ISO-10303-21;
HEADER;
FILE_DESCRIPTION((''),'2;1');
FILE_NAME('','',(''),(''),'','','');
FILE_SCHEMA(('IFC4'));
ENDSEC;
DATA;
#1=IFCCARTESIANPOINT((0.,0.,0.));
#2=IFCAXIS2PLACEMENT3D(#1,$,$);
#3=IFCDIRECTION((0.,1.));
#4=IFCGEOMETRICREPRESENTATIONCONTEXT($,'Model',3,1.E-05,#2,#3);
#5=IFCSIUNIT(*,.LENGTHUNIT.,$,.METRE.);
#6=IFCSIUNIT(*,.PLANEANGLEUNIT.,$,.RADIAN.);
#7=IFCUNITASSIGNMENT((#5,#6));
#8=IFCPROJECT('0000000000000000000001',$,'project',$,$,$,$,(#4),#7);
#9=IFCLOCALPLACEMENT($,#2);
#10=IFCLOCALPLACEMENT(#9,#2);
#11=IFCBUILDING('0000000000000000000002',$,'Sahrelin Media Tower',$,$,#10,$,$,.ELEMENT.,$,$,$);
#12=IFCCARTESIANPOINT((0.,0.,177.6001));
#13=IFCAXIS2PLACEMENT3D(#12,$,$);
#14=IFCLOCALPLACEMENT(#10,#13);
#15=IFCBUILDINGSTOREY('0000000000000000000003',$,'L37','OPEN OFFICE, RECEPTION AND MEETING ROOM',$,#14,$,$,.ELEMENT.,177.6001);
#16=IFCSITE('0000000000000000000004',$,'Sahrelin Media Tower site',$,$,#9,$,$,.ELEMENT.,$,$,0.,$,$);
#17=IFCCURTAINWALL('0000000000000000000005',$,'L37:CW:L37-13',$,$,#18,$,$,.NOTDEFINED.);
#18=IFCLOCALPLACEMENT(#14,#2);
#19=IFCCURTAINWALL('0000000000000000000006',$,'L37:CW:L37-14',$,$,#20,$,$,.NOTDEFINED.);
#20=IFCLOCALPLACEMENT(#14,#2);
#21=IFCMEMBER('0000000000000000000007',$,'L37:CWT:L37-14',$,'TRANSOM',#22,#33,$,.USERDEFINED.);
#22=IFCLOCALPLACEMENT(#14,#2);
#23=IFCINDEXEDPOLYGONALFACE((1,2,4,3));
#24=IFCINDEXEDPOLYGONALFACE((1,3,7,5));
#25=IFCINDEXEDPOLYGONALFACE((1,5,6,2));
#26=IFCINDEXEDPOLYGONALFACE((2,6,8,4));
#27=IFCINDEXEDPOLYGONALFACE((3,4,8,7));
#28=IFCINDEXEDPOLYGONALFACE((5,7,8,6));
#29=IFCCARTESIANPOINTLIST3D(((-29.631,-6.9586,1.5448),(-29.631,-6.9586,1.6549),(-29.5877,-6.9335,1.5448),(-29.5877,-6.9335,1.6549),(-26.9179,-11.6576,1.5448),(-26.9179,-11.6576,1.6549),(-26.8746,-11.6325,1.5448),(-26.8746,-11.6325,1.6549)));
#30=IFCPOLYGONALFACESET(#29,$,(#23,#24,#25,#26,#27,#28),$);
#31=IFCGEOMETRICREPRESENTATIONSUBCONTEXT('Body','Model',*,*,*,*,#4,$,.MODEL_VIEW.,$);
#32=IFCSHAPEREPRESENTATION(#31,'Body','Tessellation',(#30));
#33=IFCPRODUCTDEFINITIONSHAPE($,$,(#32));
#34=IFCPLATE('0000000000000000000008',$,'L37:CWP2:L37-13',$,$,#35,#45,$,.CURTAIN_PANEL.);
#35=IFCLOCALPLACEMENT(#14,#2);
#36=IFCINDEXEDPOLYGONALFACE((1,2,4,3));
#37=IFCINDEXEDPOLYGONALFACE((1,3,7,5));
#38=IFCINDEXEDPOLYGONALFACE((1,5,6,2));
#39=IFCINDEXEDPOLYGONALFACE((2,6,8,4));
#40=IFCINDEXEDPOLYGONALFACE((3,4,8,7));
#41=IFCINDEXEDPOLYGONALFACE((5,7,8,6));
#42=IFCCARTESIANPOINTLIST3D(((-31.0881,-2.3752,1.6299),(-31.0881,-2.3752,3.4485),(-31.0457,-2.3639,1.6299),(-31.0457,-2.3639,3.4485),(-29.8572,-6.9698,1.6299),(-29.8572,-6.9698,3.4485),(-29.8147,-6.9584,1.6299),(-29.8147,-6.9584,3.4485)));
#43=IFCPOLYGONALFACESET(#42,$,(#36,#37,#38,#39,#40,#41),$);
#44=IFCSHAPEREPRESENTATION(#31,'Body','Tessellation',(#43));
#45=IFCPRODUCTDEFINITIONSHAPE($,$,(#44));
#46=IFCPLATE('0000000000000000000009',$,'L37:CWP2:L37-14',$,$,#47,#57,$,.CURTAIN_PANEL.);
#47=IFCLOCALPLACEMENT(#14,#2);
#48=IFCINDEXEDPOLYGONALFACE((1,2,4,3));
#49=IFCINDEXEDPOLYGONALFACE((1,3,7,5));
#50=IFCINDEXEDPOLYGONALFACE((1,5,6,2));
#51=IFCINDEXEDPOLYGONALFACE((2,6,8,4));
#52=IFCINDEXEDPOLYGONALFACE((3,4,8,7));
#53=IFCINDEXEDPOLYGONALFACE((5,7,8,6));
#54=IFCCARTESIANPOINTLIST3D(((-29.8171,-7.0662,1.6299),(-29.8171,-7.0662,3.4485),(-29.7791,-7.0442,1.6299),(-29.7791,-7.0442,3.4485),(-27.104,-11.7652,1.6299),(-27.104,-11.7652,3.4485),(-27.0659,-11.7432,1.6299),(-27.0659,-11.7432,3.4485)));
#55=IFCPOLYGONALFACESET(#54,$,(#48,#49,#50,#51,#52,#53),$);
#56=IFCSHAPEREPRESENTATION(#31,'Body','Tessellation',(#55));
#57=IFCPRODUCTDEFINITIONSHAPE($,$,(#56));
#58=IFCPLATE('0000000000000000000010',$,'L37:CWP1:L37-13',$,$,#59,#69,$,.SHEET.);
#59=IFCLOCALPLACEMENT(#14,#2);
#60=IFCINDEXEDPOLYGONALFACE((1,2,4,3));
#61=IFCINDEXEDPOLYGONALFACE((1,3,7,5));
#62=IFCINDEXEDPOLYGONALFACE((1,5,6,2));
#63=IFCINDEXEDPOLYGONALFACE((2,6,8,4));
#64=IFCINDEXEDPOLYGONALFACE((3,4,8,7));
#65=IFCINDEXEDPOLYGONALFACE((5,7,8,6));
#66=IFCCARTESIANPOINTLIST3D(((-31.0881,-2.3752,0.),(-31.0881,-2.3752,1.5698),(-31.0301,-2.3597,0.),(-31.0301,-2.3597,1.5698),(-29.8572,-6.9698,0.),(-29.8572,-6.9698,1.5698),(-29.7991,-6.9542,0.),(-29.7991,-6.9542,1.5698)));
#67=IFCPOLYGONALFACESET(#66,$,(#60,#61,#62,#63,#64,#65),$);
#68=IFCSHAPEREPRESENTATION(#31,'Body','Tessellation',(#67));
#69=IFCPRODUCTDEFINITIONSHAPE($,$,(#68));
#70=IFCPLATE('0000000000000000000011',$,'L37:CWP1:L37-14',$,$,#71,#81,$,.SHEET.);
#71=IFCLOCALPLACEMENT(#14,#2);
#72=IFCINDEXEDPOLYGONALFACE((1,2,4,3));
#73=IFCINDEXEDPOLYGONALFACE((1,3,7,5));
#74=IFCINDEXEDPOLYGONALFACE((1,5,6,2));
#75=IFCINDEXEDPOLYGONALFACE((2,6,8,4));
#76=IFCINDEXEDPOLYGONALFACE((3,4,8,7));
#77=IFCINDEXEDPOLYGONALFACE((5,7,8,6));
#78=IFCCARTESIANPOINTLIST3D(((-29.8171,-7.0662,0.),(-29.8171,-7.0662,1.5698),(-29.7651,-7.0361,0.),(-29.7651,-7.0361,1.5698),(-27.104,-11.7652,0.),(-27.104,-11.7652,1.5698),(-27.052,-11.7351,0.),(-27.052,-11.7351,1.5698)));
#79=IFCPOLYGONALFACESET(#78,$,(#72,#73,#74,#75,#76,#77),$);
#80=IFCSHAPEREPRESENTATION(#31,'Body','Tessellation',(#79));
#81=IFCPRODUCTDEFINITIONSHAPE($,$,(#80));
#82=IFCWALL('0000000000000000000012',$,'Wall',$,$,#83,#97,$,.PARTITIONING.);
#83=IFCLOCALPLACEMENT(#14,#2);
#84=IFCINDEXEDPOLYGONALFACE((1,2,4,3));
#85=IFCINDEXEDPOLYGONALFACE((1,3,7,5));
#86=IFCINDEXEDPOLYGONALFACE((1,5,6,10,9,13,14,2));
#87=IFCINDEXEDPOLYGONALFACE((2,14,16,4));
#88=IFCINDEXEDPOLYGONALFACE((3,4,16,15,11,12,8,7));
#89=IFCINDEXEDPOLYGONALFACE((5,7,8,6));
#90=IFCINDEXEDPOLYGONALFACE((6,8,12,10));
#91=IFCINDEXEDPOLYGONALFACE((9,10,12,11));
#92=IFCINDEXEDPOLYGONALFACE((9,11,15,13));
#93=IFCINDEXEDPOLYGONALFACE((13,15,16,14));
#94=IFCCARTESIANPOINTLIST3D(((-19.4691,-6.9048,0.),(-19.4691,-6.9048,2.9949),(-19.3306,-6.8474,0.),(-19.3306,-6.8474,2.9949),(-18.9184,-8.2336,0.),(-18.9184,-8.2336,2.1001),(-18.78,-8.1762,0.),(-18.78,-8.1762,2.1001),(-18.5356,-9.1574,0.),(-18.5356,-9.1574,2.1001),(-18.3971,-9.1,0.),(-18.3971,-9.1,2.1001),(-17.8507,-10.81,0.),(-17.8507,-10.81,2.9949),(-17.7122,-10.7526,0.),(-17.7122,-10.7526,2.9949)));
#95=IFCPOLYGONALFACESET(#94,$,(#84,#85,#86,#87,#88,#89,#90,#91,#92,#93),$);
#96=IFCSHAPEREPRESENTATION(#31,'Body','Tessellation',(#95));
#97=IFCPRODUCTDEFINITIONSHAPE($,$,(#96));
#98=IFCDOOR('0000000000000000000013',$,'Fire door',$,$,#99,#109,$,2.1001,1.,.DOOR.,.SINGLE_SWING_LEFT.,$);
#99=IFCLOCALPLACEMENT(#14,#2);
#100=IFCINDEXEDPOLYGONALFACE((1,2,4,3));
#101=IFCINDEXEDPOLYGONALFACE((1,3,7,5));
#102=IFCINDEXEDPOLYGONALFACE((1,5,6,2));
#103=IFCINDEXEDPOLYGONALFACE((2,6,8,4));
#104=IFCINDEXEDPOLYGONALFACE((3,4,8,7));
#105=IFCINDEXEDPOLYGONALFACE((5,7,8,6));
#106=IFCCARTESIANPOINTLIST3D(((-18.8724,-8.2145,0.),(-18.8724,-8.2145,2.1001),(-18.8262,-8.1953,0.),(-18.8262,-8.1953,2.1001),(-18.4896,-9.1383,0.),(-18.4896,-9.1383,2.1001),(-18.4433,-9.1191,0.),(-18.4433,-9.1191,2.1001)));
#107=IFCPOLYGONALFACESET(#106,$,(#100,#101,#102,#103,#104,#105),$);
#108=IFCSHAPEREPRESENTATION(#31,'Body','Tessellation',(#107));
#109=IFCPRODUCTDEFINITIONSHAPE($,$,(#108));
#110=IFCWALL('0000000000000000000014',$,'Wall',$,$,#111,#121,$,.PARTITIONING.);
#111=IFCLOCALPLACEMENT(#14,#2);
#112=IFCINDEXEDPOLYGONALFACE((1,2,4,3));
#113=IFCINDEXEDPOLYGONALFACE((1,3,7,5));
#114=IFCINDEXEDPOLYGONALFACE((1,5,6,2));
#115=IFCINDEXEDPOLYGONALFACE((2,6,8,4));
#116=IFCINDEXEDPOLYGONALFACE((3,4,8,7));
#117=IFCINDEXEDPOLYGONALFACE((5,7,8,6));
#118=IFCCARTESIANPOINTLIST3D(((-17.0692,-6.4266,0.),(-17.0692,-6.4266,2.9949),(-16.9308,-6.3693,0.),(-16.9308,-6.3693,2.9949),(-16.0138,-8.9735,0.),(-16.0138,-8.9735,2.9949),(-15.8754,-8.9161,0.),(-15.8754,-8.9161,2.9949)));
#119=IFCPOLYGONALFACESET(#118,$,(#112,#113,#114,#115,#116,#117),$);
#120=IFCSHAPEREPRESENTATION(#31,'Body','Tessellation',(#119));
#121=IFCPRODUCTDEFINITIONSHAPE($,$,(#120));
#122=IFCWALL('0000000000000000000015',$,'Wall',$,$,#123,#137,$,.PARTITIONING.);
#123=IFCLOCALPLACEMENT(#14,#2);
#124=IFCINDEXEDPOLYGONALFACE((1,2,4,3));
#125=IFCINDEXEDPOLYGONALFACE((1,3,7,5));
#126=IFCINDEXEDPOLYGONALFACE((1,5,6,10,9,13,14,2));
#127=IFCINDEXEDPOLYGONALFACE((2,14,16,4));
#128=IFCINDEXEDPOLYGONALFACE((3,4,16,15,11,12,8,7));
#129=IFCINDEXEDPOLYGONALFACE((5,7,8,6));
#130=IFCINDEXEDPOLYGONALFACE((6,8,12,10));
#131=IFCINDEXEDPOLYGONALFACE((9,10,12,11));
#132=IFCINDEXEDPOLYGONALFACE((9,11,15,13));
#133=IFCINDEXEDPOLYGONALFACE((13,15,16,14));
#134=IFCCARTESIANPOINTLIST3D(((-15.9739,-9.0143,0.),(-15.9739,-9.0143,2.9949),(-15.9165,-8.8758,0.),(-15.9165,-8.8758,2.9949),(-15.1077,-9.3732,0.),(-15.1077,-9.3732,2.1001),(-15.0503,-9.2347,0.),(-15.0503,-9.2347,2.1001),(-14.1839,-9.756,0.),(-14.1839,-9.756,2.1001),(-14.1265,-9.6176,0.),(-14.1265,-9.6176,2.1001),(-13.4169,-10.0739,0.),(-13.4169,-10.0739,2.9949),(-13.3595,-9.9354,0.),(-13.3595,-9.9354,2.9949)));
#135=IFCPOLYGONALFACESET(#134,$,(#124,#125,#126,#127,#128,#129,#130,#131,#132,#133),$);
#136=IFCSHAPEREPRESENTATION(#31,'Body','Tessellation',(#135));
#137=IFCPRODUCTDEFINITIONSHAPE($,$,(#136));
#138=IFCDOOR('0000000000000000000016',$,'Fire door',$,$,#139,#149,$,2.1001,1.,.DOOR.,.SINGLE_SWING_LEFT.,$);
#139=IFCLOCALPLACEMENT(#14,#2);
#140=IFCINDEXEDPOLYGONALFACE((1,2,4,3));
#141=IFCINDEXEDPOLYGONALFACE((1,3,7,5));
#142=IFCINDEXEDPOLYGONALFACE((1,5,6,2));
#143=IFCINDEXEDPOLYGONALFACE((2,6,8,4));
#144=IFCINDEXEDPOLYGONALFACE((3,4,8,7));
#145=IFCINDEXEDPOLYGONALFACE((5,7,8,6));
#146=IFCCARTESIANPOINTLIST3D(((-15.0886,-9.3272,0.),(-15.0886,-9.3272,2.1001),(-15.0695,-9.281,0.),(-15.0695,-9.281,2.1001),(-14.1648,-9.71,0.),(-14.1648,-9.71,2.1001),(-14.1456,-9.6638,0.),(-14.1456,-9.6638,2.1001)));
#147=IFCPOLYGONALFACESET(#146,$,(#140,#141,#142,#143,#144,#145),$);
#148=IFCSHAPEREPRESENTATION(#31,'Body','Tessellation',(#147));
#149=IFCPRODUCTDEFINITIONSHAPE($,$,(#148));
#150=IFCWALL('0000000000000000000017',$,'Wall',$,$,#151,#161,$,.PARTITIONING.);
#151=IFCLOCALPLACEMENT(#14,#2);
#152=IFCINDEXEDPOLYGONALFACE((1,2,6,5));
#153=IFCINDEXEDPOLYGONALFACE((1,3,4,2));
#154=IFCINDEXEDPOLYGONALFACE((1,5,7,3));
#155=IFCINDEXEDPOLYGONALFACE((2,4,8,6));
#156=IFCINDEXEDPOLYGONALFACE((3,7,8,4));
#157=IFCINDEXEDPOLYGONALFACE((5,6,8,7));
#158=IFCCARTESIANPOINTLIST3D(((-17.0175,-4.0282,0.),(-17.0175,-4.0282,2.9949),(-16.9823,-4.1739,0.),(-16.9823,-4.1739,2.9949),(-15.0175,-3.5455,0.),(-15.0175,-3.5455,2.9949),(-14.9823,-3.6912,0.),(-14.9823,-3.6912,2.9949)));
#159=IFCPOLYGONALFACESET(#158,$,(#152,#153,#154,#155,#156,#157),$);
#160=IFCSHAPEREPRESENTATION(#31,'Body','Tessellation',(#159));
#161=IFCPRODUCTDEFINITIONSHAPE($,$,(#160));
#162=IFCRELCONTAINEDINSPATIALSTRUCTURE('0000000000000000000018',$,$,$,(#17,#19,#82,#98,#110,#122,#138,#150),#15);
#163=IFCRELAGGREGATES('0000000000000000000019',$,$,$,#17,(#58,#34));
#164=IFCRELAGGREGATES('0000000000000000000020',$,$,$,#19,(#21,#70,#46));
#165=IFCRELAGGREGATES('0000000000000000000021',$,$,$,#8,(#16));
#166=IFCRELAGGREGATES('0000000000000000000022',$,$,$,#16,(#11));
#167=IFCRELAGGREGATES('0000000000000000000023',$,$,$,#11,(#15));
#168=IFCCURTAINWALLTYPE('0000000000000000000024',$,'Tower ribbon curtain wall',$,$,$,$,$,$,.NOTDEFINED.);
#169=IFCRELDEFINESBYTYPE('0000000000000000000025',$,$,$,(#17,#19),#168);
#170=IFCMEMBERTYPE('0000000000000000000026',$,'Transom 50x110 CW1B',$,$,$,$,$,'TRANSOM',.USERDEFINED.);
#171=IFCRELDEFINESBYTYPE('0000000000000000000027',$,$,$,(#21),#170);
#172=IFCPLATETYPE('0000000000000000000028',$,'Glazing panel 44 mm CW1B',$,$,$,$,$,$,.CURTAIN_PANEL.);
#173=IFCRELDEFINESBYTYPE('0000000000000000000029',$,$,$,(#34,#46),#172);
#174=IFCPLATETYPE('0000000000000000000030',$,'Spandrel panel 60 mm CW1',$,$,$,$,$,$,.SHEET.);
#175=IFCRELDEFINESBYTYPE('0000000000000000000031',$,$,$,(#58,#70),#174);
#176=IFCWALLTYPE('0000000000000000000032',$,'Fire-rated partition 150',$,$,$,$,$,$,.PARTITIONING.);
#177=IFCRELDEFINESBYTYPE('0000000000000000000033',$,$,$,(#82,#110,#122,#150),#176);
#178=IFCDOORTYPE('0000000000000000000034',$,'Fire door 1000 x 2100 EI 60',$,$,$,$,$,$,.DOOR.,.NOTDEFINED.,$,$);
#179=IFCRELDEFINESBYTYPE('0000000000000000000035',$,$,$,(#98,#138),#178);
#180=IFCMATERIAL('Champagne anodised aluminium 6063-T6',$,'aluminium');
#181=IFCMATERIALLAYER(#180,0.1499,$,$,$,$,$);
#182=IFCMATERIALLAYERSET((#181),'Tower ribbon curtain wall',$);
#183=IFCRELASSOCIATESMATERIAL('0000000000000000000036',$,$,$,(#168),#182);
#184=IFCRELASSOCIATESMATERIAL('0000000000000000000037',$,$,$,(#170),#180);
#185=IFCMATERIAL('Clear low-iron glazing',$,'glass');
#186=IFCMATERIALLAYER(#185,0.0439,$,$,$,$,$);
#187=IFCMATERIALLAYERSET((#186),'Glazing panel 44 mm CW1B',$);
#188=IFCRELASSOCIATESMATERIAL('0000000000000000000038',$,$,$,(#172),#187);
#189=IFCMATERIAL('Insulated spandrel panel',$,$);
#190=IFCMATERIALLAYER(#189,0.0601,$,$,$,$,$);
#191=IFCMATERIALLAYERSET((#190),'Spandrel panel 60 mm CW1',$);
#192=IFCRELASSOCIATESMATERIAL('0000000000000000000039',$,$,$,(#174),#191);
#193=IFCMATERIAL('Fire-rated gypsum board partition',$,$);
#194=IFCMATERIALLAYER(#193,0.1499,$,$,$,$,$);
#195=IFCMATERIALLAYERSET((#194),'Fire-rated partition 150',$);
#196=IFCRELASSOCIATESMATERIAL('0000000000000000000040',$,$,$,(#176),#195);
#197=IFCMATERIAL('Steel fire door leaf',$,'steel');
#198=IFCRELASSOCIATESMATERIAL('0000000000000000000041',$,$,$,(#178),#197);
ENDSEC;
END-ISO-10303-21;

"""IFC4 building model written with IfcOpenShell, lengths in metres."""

from ifc_helpers import new_model, si_unit, direction, frame, frame_2d, origin, origin_2d, place, context, subcontext, project, spatial, polyline, rectangle, outline, extrude, material, layer, layer_set, material_profile, profile_set, type_object, element, fill, aggregate, save


model = new_model("IFC4")

# Units and contexts
model_context = context("Model", 3, precision=1e-05, world=origin(), true_north=direction((0.0, 1.0)))
body_context = subcontext(model_context, "Body", "Model", "MODEL_VIEW")
ifc_project = project(units=[si_unit("LENGTHUNIT", "METRE"), si_unit("PLANEANGLEUNIT", "RADIAN")], contexts=[model_context])

# Site, building, storey
site_placement = place(None, origin())
site = spatial("IfcSite", under=ifc_project, at=site_placement, Name="Sahrelin Media Tower site", CompositionType="ELEMENT", RefElevation=0.0)
building_placement = place(site_placement, origin())
building = spatial("IfcBuilding", under=site, at=building_placement, Name="Sahrelin Media Tower", CompositionType="ELEMENT")
storey_placement = place(building_placement, frame((0.0, 0.0, 177.6001)))
storey = spatial("IfcBuildingStorey", under=building, at=storey_placement, Name="L37", Description="OPEN OFFICE, RECEPTION AND MEETING ROOM", CompositionType="ELEMENT", Elevation=177.6001)

# Curtain walls
ifc_material_1 = material(Name="Champagne anodised aluminium 6063-T6", Category="aluminium")
ifc_layer_1 = layer(ifc_material_1, 0.1499)
ifc_layer_set_1 = layer_set([ifc_layer_1], Name="Tower ribbon curtain wall")
curtain_wall_type = type_object("IfcCurtainWallType", Name="Tower ribbon curtain wall", PredefinedType="NOTDEFINED", material=ifc_layer_set_1)
curtain_wall_1_placement = place(storey_placement, frame((-30.4534, -4.6672, 0.0), z_axis=(0.0, 0.0, 1.0), x_axis=(1.0, 0.0, 0.0)))
curtain_wall_1 = element("IfcCurtainWall", 1, at=curtain_wall_1_placement, inside=storey, type_object=curtain_wall_type, Name="L37:CW:L37-13", PredefinedType="NOTDEFINED")
curtain_wall_2_placement = place(storey_placement, frame((-28.4434, -9.4055, 0.0), z_axis=(0.0, 0.0, 1.0), x_axis=(1.0, 0.0, 0.0)))
curtain_wall_2 = element("IfcCurtainWall", 2, at=curtain_wall_2_placement, inside=storey, type_object=curtain_wall_type, Name="L37:CW:L37-14", PredefinedType="NOTDEFINED")

# Member
ifc_material_profile_1 = material_profile(ifc_material_1, rectangle(XDim=0.05, YDim=0.1101, at=origin_2d()), Name="Transom 50x110")
ifc_profile_set_1 = profile_set([ifc_material_profile_1], Name="Champagne anodised aluminium 6063-T6")
member_type_1 = type_object("IfcMemberType", Name="Transom 50x110 CW1B", ElementType="TRANSOM", PredefinedType="USERDEFINED", material=ifc_profile_set_1)
member_1_placement = place(storey_placement, frame((-29.6094, -6.946, 1.5999), z_axis=(0.500025, -0.866011, 0.0), x_axis=(0.866011, 0.500025, 0.0)))
member_1 = element("IfcMember", 3, at=member_1_placement, type_object=member_type_1, Name="L37:CWT:L37-14", ObjectType="TRANSOM", PredefinedType="USERDEFINED", context=body_context, shape_type="SweptSolid", body=[
    extrude(rectangle(XDim=0.05, YDim=0.1101, at=origin_2d()), origin(), (0.0, 0.0, 1.0), 5.426),
])

# Plates
ifc_material_2 = material(Name="Clear low-iron glazing", Category="glass")
ifc_layer_2 = layer(ifc_material_2, 0.0439)
ifc_layer_set_2 = layer_set([ifc_layer_2], Name="Glazing panel 44 mm CW1B")
plate_type_1 = type_object("IfcPlateType", Name="Glazing panel 44 mm CW1B", PredefinedType="CURTAIN_PANEL", material=ifc_layer_set_2)
plate_1_placement = place(storey_placement, frame((-31.0881, -2.3752, 1.6299), z_axis=(-0.965933, -0.258793, 0.0), x_axis=(0.258793, -0.965933, 0.0)))
plate_1 = element("IfcPlate", 4, at=plate_1_placement, type_object=plate_type_1, Name="L37:CWP2:L37-13", PredefinedType="CURTAIN_PANEL", context=body_context, shape_type="SweptSolid", body=[
    extrude(outline(polyline([(0.0, 0.0), (4.7566, 0.0), (4.7566, 1.8186), (0.0, 1.8186), (0.0, 0.0)])), origin(), (0.0, 0.0, -1.0), 0.0439),
])
plate_2_placement = place(storey_placement, frame((-29.8171, -7.0662, 1.6299), z_axis=(-0.866011, -0.500025, 0.0), x_axis=(0.500025, -0.866011, 0.0)))
plate_2 = element("IfcPlate", 5, at=plate_2_placement, type_object=plate_type_1, Name="L37:CWP2:L37-14", PredefinedType="CURTAIN_PANEL", context=body_context, shape_type="SweptSolid", body=[
    extrude(outline(polyline([(0.0, 0.0), (5.426, 0.0), (5.426, 1.8186), (0.0, 1.8186), (0.0, 0.0)])), origin(), (0.0, 0.0, -1.0), 0.0439),
])
ifc_material_3 = material(Name="Insulated spandrel panel")
ifc_layer_3 = layer(ifc_material_3, 0.0601)
ifc_layer_set_3 = layer_set([ifc_layer_3], Name="Spandrel panel 60 mm CW1")
plate_type_2 = type_object("IfcPlateType", Name="Spandrel panel 60 mm CW1", PredefinedType="SHEET", material=ifc_layer_set_3)
plate_3_placement = place(storey_placement, frame((-31.0881, -2.3752, 0.0), z_axis=(-0.965933, -0.258793, 0.0), x_axis=(0.258793, -0.965933, 0.0)))
plate_3 = element("IfcPlate", 6, at=plate_3_placement, type_object=plate_type_2, Name="L37:CWP1:L37-13", PredefinedType="SHEET", context=body_context, shape_type="SweptSolid", body=[
    extrude(outline(polyline([(0.0, 0.0), (4.7566, 0.0), (4.7566, 1.5698), (0.0, 1.5698), (0.0, 0.0)])), origin(), (0.0, 0.0, -1.0), 0.0601),
])
aggregate(curtain_wall_1, [plate_3, plate_1])
plate_4_placement = place(storey_placement, frame((-29.8171, -7.0662, 0.0), z_axis=(-0.866011, -0.500025, 0.0), x_axis=(0.500025, -0.866011, 0.0)))
plate_4 = element("IfcPlate", 7, at=plate_4_placement, type_object=plate_type_2, Name="L37:CWP1:L37-14", PredefinedType="SHEET", context=body_context, shape_type="SweptSolid", body=[
    extrude(outline(polyline([(0.0, 0.0), (5.426, 0.0), (5.426, 1.5698), (0.0, 1.5698), (0.0, 0.0)])), origin(), (0.0, 0.0, -1.0), 0.0601),
])
aggregate(curtain_wall_2, [member_1, plate_4, plate_2])

# Wall, opening, door
ifc_material_4 = material(Name="Fire-rated gypsum board partition")
ifc_layer_4 = layer(ifc_material_4, 0.1499)
ifc_layer_set_4 = layer_set([ifc_layer_4], Name="Fire-rated partition 150")
wall_type_1 = type_object("IfcWallType", Name="Fire-rated partition 150", PredefinedType="PARTITIONING", material=ifc_layer_set_4)
wall_1_placement = place(storey_placement, frame((-19.3999, -6.876, 0.0), z_axis=(0.0, 0.0, 1.0), x_axis=(0.382843, -0.923813, 0.0)))
wall_1 = element("IfcWall", 8, at=wall_1_placement, inside=storey, type_object=wall_type_1, Name="Wall", PredefinedType="PARTITIONING", context=body_context, shape_type="SweptSolid", body=[
    extrude(rectangle(XDim=4.2273, YDim=0.1499, at=frame_2d((2.1138, 0.0))), origin(), (0.0, 0.0, 1.0), 2.9949),
])
opening_1_placement = place(wall_1_placement, frame((1.4385, 0.0, 0.0)))
opening_1 = element("IfcOpeningElement", 9, at=opening_1_placement, cuts=wall_1, PredefinedType="OPENING", context=body_context, shape_type="SweptSolid", body=[
    extrude(rectangle(XDim=1.0, YDim=2.1001, at=frame_2d((0.5, 1.05))), frame((0.0, 0.075, 0.0), z_axis=(0.0, -1.0, 0.0), x_axis=(1.0, 0.0, 0.0)), (0.0, 0.0, 1.0), 0.1499),
])
ifc_material_5 = material(Name="Steel fire door leaf", Category="steel")
door_type_1 = type_object("IfcDoorType", Name="Fire door 1000 x 2100 EI 60", OperationType="NOTDEFINED", PredefinedType="DOOR", material=ifc_material_5)
door_1_placement = place(opening_1_placement, origin())
door_1 = element("IfcDoor", 10, at=door_1_placement, inside=storey, type_object=door_type_1, Name="Fire door", OperationType="SINGLE_SWING_LEFT", OverallHeight=2.1001, OverallWidth=1.0, PredefinedType="DOOR", context=body_context, shape_type="SweptSolid", body=[
    extrude(rectangle(XDim=1.0, YDim=2.1001, at=frame_2d((0.5, 1.05))), frame((0.0, 0.0249, 0.0), z_axis=(0.0, -1.0, 0.0), x_axis=(1.0, 0.0, 0.0)), (0.0, 0.0, 1.0), 0.05),
])
fill(opening_1, door_1)

# Wall
wall_2_placement = place(storey_placement, frame((-17.0, -6.3979, 0.0), z_axis=(0.0, 0.0, 1.0), x_axis=(0.382829, -0.923819, 0.0)))
element("IfcWall", 11, at=wall_2_placement, inside=storey, type_object=wall_type_1, Name="Wall", PredefinedType="PARTITIONING", context=body_context, shape_type="SweptSolid", body=[
    extrude(rectangle(XDim=2.7568, YDim=0.1499, at=frame_2d((1.3784, 0.0))), origin(), (0.0, 0.0, 1.0), 2.9949),
])

# Wall, opening, door
wall_3_placement = place(storey_placement, frame((-15.9451, -8.9451, 0.0), z_axis=(0.0, 0.0, 1.0), x_axis=(0.923819, -0.38283, 0.0)))
wall_3 = element("IfcWall", 12, at=wall_3_placement, inside=storey, type_object=wall_type_1, Name="Wall", PredefinedType="PARTITIONING", context=body_context, shape_type="SweptSolid", body=[
    extrude(rectangle(XDim=2.7678, YDim=0.1499, at=frame_2d((1.3838, 0.0))), origin(), (0.0, 0.0, 1.0), 2.9949),
])
opening_2_placement = place(wall_3_placement, frame((0.9375, 0.0, 0.0)))
opening_2 = element("IfcOpeningElement", 13, at=opening_2_placement, cuts=wall_3, PredefinedType="OPENING", context=body_context, shape_type="SweptSolid", body=[
    extrude(rectangle(XDim=1.0, YDim=2.1001, at=frame_2d((0.5, 1.05))), frame((0.0, 0.075, 0.0), z_axis=(0.0, -1.0, 0.0), x_axis=(1.0, 0.0, 0.0)), (0.0, 0.0, 1.0), 0.1499),
])
door_2_placement = place(opening_2_placement, origin())
door_2 = element("IfcDoor", 14, at=door_2_placement, inside=storey, type_object=door_type_1, Name="Fire door", OperationType="SINGLE_SWING_LEFT", OverallHeight=2.1001, OverallWidth=1.0, PredefinedType="DOOR", context=body_context, shape_type="SweptSolid", body=[
    extrude(rectangle(XDim=1.0, YDim=2.1001, at=frame_2d((0.5, 1.05))), frame((0.0, 0.0249, 0.0), z_axis=(0.0, -1.0, 0.0), x_axis=(1.0, 0.0, 0.0)), (0.0, 0.0, 1.0), 0.05),
])
fill(opening_2, door_2)

# Wall
wall_4_placement = place(storey_placement, frame((-17.0, -4.1011, 0.0), z_axis=(0.0, 0.0, 1.0), x_axis=(0.972092, 0.234598, 0.0)))
element("IfcWall", 15, at=wall_4_placement, inside=storey, type_object=wall_type_1, Name="Wall", PredefinedType="PARTITIONING", context=body_context, shape_type="SweptSolid", body=[
    extrude(rectangle(XDim=2.0574, YDim=0.1499, at=frame_2d((1.0288, 0.0))), origin(), (0.0, 0.0, 1.0), 2.9949),
])

save(model, "model.ifc")
